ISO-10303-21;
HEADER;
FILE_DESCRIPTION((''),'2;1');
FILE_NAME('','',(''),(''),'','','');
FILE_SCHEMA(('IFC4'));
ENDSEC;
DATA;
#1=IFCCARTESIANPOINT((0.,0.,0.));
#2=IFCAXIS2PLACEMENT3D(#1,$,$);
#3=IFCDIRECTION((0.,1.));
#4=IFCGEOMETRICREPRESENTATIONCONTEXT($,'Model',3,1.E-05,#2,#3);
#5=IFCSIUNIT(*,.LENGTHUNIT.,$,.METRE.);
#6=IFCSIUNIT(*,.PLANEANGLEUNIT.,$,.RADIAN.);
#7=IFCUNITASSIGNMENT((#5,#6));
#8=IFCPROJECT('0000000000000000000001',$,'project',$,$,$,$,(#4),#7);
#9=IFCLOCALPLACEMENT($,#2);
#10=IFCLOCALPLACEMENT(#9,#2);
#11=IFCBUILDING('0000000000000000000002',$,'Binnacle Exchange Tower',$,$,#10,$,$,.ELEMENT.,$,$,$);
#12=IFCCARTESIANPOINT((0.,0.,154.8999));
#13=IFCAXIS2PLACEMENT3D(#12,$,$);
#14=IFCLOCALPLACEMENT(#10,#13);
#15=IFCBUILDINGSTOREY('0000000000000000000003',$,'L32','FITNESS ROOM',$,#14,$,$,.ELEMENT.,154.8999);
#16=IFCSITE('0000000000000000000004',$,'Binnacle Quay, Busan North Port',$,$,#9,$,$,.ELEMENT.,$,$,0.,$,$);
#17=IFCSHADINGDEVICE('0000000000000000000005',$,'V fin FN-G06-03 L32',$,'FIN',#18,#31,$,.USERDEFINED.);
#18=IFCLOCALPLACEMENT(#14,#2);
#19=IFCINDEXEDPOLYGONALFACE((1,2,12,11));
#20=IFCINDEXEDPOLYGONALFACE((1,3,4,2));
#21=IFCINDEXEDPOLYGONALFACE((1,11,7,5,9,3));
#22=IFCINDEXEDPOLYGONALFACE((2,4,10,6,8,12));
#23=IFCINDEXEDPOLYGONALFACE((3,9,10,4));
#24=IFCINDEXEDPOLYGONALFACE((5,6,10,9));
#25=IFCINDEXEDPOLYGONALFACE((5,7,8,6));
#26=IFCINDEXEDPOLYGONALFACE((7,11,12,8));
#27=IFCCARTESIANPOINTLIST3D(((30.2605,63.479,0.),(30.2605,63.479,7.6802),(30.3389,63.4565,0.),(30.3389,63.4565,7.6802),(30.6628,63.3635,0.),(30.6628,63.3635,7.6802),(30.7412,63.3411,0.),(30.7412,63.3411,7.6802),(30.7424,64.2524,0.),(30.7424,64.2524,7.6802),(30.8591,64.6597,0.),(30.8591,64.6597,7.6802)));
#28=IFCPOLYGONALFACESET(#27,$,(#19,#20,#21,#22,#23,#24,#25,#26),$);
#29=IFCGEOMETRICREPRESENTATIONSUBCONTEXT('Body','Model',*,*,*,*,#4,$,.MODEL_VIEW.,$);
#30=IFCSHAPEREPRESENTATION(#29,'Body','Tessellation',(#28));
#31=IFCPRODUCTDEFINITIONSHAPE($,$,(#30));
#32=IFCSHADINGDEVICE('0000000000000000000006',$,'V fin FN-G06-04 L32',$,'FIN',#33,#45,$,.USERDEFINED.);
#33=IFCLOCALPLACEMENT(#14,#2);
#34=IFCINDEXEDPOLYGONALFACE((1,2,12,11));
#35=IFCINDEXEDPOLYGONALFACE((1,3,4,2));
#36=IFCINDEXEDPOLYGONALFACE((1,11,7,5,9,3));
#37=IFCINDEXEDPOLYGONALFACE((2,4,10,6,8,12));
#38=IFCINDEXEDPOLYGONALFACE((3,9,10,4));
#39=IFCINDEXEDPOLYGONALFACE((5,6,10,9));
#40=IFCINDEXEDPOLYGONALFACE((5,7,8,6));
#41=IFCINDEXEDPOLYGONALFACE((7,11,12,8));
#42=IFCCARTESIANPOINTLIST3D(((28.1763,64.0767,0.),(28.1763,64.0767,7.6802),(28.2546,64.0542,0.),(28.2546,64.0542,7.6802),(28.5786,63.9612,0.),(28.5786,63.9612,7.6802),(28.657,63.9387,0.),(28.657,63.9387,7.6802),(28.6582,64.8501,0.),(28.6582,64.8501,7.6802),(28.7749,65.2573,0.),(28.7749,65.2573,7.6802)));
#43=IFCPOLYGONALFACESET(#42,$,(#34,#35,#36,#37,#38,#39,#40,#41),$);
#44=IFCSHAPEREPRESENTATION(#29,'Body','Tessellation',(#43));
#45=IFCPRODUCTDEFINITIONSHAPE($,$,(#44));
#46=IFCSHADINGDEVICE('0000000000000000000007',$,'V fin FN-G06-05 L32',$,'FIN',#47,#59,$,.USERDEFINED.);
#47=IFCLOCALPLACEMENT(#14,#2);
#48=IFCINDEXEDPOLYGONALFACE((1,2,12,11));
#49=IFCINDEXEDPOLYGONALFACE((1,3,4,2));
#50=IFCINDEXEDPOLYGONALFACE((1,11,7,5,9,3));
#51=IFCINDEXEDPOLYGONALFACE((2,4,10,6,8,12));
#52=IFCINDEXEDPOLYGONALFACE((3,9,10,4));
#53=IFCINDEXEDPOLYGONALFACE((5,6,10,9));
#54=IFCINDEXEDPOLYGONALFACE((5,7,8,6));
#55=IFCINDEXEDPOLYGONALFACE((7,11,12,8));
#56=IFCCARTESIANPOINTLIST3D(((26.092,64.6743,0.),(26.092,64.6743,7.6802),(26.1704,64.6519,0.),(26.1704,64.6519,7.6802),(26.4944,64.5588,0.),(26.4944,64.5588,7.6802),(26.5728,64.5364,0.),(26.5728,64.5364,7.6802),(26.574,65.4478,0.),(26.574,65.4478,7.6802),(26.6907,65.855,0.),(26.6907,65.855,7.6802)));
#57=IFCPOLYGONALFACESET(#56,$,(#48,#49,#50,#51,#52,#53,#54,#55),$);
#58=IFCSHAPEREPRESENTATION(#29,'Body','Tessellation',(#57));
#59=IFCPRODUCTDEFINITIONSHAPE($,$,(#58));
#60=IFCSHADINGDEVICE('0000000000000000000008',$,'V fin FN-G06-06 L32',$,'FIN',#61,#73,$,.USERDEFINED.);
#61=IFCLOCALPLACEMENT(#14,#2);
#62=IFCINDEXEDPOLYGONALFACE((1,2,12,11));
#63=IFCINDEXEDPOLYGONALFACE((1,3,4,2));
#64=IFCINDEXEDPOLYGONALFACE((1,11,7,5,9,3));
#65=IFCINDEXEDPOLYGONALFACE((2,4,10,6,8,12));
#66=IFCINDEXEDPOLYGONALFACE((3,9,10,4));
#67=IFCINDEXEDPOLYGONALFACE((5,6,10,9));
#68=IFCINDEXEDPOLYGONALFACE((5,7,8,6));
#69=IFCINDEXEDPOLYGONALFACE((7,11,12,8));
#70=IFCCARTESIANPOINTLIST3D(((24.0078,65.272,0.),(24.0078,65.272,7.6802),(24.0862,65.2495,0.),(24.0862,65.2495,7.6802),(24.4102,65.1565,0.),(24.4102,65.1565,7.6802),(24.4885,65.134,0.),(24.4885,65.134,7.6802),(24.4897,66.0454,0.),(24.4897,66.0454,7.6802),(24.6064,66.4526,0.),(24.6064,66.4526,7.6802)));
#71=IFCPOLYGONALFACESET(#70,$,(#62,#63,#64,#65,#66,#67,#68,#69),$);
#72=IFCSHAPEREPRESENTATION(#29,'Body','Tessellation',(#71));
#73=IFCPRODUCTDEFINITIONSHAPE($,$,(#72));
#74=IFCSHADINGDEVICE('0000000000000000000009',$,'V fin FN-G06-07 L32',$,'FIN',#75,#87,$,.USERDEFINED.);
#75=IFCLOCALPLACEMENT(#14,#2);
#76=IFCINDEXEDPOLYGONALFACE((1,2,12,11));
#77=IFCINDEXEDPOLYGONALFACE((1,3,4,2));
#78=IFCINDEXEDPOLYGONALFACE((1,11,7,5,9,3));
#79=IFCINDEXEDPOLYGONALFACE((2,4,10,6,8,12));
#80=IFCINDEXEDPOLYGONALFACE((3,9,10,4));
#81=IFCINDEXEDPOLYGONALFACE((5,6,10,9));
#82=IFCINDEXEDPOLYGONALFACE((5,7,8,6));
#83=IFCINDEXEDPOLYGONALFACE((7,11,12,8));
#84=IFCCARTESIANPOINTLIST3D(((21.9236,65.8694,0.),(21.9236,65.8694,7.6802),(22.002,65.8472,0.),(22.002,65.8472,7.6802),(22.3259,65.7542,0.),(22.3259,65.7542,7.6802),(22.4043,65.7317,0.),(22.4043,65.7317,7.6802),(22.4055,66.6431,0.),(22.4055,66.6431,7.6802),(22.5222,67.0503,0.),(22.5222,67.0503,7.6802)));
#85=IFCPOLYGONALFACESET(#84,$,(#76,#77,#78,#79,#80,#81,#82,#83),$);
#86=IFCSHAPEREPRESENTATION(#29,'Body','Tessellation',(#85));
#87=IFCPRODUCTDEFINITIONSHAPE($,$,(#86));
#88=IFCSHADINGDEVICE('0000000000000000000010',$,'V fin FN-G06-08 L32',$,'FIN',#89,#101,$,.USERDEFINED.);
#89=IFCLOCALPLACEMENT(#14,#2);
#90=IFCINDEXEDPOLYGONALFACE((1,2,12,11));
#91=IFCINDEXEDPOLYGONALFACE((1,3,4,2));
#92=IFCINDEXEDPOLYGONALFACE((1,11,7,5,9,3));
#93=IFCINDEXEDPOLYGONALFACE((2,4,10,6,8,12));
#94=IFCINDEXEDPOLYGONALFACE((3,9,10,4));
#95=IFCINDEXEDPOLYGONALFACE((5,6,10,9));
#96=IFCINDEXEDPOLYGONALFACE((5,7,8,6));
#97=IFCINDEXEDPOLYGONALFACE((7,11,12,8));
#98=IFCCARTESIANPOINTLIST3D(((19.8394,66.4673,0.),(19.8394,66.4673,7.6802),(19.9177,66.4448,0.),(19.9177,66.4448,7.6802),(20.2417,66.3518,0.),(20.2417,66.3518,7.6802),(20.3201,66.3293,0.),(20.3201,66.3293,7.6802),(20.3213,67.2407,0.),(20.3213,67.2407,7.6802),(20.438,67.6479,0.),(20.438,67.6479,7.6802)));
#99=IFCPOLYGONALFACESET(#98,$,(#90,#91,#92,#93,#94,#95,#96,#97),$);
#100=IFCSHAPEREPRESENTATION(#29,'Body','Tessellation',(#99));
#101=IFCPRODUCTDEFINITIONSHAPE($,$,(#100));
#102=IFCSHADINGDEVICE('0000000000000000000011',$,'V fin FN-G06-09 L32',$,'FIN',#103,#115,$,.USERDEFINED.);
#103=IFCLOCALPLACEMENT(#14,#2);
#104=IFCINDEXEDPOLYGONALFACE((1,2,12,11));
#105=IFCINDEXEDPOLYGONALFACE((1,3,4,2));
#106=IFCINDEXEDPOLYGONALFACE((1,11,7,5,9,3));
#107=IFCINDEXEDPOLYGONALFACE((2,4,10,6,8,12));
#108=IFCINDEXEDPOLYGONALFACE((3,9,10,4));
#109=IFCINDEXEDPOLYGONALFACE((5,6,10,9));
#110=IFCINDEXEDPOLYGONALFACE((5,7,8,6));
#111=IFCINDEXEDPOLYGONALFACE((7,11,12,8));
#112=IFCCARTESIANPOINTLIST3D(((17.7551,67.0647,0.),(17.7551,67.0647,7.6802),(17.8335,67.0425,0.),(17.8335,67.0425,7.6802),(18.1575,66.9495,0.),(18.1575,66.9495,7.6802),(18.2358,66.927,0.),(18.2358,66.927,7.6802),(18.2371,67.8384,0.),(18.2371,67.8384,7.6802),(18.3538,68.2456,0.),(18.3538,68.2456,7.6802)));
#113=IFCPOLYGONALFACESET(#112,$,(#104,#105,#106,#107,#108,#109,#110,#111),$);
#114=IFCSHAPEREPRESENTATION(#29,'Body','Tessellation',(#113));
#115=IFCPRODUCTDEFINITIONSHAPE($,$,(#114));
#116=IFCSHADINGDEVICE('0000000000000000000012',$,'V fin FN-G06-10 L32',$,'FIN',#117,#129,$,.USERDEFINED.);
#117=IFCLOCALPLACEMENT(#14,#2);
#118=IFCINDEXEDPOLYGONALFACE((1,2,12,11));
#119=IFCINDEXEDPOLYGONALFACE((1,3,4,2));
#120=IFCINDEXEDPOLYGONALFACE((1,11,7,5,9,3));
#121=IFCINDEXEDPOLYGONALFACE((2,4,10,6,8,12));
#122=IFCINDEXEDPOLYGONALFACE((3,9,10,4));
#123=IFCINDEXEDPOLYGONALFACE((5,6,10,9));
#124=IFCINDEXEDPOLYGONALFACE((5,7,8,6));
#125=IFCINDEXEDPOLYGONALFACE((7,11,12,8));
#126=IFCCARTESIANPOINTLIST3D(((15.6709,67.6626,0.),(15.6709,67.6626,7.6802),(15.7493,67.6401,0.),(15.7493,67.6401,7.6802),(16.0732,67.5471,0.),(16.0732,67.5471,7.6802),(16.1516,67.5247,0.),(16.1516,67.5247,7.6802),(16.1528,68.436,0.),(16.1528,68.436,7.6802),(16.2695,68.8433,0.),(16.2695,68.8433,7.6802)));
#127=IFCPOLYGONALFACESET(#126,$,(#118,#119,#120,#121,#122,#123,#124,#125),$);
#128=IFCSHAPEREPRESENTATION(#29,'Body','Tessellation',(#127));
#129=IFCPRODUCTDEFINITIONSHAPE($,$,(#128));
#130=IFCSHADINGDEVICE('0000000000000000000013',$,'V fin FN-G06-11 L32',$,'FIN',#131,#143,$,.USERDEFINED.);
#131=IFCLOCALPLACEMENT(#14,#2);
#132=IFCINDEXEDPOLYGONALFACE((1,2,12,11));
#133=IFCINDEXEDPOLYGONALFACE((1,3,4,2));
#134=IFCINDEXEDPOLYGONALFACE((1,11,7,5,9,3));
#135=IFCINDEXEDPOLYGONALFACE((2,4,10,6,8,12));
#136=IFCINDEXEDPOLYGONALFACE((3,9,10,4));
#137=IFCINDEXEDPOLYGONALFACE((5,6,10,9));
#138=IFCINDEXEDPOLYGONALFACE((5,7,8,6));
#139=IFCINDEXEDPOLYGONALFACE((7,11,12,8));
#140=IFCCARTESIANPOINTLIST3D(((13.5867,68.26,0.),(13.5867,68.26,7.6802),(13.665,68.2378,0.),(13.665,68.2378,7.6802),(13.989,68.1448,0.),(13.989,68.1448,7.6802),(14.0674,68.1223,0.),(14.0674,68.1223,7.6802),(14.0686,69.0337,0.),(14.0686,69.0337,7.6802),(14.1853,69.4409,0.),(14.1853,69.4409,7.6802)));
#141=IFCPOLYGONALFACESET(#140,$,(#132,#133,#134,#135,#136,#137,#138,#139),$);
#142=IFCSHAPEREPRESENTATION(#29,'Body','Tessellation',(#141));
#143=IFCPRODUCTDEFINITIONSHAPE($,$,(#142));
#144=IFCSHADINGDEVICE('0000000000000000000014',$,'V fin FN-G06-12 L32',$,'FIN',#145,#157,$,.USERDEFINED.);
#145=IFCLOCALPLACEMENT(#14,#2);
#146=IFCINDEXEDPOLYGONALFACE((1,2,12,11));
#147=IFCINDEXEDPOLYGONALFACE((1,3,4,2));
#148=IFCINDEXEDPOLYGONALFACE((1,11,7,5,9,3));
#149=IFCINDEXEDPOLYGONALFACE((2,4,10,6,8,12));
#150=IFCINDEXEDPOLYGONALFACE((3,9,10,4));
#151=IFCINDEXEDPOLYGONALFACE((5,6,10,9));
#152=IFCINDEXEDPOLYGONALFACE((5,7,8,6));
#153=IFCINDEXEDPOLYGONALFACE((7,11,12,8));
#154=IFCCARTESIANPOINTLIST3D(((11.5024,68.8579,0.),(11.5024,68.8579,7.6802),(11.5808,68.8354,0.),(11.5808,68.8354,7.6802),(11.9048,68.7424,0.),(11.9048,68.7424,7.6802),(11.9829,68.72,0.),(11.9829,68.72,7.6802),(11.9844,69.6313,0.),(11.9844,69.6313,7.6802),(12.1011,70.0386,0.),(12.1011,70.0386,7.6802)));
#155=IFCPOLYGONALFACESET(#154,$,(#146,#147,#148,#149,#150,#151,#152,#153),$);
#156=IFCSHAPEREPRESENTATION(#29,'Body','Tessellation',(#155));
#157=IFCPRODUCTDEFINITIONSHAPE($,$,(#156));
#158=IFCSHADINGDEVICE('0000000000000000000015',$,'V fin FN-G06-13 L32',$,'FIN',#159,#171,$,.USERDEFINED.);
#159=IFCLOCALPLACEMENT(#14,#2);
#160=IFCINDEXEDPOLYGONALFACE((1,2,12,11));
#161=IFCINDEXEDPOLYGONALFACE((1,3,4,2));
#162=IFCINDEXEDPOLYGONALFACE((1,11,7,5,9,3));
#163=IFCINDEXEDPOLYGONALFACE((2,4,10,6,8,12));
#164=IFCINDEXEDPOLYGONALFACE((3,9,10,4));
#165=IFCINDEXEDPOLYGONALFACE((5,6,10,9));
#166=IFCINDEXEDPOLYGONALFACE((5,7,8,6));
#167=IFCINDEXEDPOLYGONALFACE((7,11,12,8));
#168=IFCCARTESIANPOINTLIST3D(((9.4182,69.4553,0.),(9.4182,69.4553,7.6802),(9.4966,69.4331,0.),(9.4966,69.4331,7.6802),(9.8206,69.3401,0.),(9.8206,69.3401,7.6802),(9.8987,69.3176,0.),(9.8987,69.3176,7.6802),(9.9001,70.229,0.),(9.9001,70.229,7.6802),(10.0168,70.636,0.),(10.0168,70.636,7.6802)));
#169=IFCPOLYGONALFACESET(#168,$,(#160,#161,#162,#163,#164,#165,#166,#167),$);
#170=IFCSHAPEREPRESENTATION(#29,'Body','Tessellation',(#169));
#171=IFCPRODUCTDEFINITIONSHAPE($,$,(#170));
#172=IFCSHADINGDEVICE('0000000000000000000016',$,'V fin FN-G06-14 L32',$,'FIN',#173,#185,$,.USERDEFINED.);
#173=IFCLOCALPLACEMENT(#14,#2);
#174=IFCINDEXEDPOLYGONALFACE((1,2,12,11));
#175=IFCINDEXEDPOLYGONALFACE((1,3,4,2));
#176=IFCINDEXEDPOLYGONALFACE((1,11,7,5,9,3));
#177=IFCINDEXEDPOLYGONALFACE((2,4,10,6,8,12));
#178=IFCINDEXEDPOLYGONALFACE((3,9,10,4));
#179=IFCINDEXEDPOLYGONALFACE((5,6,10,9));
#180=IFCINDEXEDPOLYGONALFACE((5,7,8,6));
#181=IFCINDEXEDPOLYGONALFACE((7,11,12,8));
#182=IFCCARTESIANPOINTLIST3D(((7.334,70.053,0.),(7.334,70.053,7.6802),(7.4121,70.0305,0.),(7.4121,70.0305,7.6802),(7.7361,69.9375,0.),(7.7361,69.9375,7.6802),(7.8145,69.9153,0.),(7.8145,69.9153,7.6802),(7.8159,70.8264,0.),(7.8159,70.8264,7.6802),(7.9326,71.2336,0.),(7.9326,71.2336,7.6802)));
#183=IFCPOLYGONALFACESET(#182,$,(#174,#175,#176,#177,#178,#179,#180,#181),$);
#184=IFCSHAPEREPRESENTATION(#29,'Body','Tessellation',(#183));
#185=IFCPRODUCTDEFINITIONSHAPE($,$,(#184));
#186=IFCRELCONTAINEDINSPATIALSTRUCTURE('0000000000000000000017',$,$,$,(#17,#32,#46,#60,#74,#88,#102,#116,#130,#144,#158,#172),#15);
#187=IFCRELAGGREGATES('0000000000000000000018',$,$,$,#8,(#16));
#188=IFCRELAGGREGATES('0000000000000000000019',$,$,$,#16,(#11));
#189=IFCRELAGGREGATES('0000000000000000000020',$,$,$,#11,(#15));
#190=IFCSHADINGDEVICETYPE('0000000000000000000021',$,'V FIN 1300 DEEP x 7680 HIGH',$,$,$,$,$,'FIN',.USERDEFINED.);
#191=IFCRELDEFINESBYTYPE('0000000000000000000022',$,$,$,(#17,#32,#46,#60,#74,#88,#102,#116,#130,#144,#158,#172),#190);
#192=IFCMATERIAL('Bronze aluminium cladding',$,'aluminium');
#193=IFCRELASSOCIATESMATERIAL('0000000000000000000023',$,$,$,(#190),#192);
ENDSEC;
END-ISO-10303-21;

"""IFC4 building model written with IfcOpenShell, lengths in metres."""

from ifc_helpers import new_model, si_unit, direction, frame, origin, place, context, subcontext, project, spatial, polyline, outline, extrude, material, type_object, element, save


model = new_model("IFC4")

# Units and contexts
model_context = context("Model", 3, precision=1e-05, world=origin(), true_north=direction((0.0, 1.0)))
body_context = subcontext(model_context, "Body", "Model", "MODEL_VIEW")
ifc_project = project(units=[si_unit("LENGTHUNIT", "METRE"), si_unit("PLANEANGLEUNIT", "RADIAN")], contexts=[model_context])

# Site, building, storey
site_placement = place(None, origin())
site = spatial("IfcSite", under=ifc_project, at=site_placement, Name="Binnacle Quay, Busan North Port", CompositionType="ELEMENT", RefElevation=0.0)
building_placement = place(site_placement, origin())
building = spatial("IfcBuilding", under=site, at=building_placement, Name="Binnacle Exchange Tower", CompositionType="ELEMENT")
storey_placement = place(building_placement, frame((0.0, 0.0, 154.8999)))
storey = spatial("IfcBuildingStorey", under=building, at=storey_placement, Name="L32", Description="FITNESS ROOM", CompositionType="ELEMENT", Elevation=154.8999)

# Shading devices
ifc_material_1 = material(Name="Bronze aluminium cladding", Category="aluminium")
shading_device_type_1 = type_object("IfcShadingDeviceType", Name="V FIN 1300 DEEP x 7680 HIGH", ElementType="FIN", PredefinedType="USERDEFINED", material=ifc_material_1)
shading_device_1_placement = place(storey_placement, origin())
element("IfcShadingDevice", 1, at=shading_device_1_placement, inside=storey, type_object=shading_device_type_1, Name="V fin FN-G06-03 L32", ObjectType="FIN", PredefinedType="USERDEFINED", context=body_context, shape_type="SweptSolid", body=[
    extrude(outline(polyline([(30.7412, 63.3411), (30.8591, 64.6597), (30.2605, 63.479), (30.3389, 63.4565), (30.7424, 64.2524), (30.6628, 63.3635), (30.7412, 63.3411)])), origin(), (0.0, 0.0, 1.0), 7.6802),
])
shading_device_2_placement = place(storey_placement, origin())
element("IfcShadingDevice", 2, at=shading_device_2_placement, inside=storey, type_object=shading_device_type_1, Name="V fin FN-G06-04 L32", ObjectType="FIN", PredefinedType="USERDEFINED", context=body_context, shape_type="SweptSolid", body=[
    extrude(outline(polyline([(28.657, 63.9387), (28.7749, 65.2573), (28.1763, 64.0767), (28.2546, 64.0542), (28.6582, 64.8501), (28.5786, 63.9612), (28.657, 63.9387)])), origin(), (0.0, 0.0, 1.0), 7.6802),
])
shading_device_3_placement = place(storey_placement, origin())
element("IfcShadingDevice", 3, at=shading_device_3_placement, inside=storey, type_object=shading_device_type_1, Name="V fin FN-G06-05 L32", ObjectType="FIN", PredefinedType="USERDEFINED", context=body_context, shape_type="SweptSolid", body=[
    extrude(outline(polyline([(26.5728, 64.5364), (26.6907, 65.855), (26.092, 64.6743), (26.1704, 64.6519), (26.574, 65.4478), (26.4944, 64.5588), (26.5728, 64.5364)])), origin(), (0.0, 0.0, 1.0), 7.6802),
])
shading_device_4_placement = place(storey_placement, origin())
element("IfcShadingDevice", 4, at=shading_device_4_placement, inside=storey, type_object=shading_device_type_1, Name="V fin FN-G06-06 L32", ObjectType="FIN", PredefinedType="USERDEFINED", context=body_context, shape_type="SweptSolid", body=[
    extrude(outline(polyline([(24.4885, 65.134), (24.6064, 66.4526), (24.0078, 65.272), (24.0862, 65.2495), (24.4897, 66.0454), (24.4102, 65.1565), (24.4885, 65.134)])), origin(), (0.0, 0.0, 1.0), 7.6802),
])
shading_device_5_placement = place(storey_placement, origin())
element("IfcShadingDevice", 5, at=shading_device_5_placement, inside=storey, type_object=shading_device_type_1, Name="V fin FN-G06-07 L32", ObjectType="FIN", PredefinedType="USERDEFINED", context=body_context, shape_type="SweptSolid", body=[
    extrude(outline(polyline([(22.4043, 65.7317), (22.5222, 67.0503), (21.9236, 65.8694), (22.002, 65.8472), (22.4055, 66.6431), (22.3259, 65.7542), (22.4043, 65.7317)])), origin(), (0.0, 0.0, 1.0), 7.6802),
])
shading_device_6_placement = place(storey_placement, origin())
element("IfcShadingDevice", 6, at=shading_device_6_placement, inside=storey, type_object=shading_device_type_1, Name="V fin FN-G06-08 L32", ObjectType="FIN", PredefinedType="USERDEFINED", context=body_context, shape_type="SweptSolid", body=[
    extrude(outline(polyline([(20.3201, 66.3293), (20.438, 67.6479), (19.8394, 66.4673), (19.9177, 66.4448), (20.3213, 67.2407), (20.2417, 66.3518), (20.3201, 66.3293)])), origin(), (0.0, 0.0, 1.0), 7.6802),
])
shading_device_7_placement = place(storey_placement, origin())
element("IfcShadingDevice", 7, at=shading_device_7_placement, inside=storey, type_object=shading_device_type_1, Name="V fin FN-G06-09 L32", ObjectType="FIN", PredefinedType="USERDEFINED", context=body_context, shape_type="SweptSolid", body=[
    extrude(outline(polyline([(18.2358, 66.927), (18.3538, 68.2456), (17.7551, 67.0647), (17.8335, 67.0425), (18.2371, 67.8384), (18.1575, 66.9495), (18.2358, 66.927)])), origin(), (0.0, 0.0, 1.0), 7.6802),
])
shading_device_8_placement = place(storey_placement, origin())
element("IfcShadingDevice", 8, at=shading_device_8_placement, inside=storey, type_object=shading_device_type_1, Name="V fin FN-G06-10 L32", ObjectType="FIN", PredefinedType="USERDEFINED", context=body_context, shape_type="SweptSolid", body=[
    extrude(outline(polyline([(16.1516, 67.5247), (16.2695, 68.8433), (15.6709, 67.6626), (15.7493, 67.6401), (16.1528, 68.436), (16.0732, 67.5471), (16.1516, 67.5247)])), origin(), (0.0, 0.0, 1.0), 7.6802),
])
shading_device_9_placement = place(storey_placement, origin())
element("IfcShadingDevice", 9, at=shading_device_9_placement, inside=storey, type_object=shading_device_type_1, Name="V fin FN-G06-11 L32", ObjectType="FIN", PredefinedType="USERDEFINED", context=body_context, shape_type="SweptSolid", body=[
    extrude(outline(polyline([(14.0674, 68.1223), (14.1853, 69.4409), (13.5867, 68.26), (13.665, 68.2378), (14.0686, 69.0337), (13.989, 68.1448), (14.0674, 68.1223)])), origin(), (0.0, 0.0, 1.0), 7.6802),
])
shading_device_10_placement = place(storey_placement, origin())
element("IfcShadingDevice", 10, at=shading_device_10_placement, inside=storey, type_object=shading_device_type_1, Name="V fin FN-G06-12 L32", ObjectType="FIN", PredefinedType="USERDEFINED", context=body_context, shape_type="SweptSolid", body=[
    extrude(outline(polyline([(11.9829, 68.72), (12.1011, 70.0386), (11.5024, 68.8579), (11.5808, 68.8354), (11.9844, 69.6313), (11.9048, 68.7424), (11.9829, 68.72)])), origin(), (0.0, 0.0, 1.0), 7.6802),
])
shading_device_11_placement = place(storey_placement, origin())
element("IfcShadingDevice", 11, at=shading_device_11_placement, inside=storey, type_object=shading_device_type_1, Name="V fin FN-G06-13 L32", ObjectType="FIN", PredefinedType="USERDEFINED", context=body_context, shape_type="SweptSolid", body=[
    extrude(outline(polyline([(9.8987, 69.3176), (10.0168, 70.636), (9.4182, 69.4553), (9.4966, 69.4331), (9.9001, 70.229), (9.8206, 69.3401), (9.8987, 69.3176)])), origin(), (0.0, 0.0, 1.0), 7.6802),
])
shading_device_12_placement = place(storey_placement, origin())
element("IfcShadingDevice", 12, at=shading_device_12_placement, inside=storey, type_object=shading_device_type_1, Name="V fin FN-G06-14 L32", ObjectType="FIN", PredefinedType="USERDEFINED", context=body_context, shape_type="SweptSolid", body=[
    extrude(outline(polyline([(7.8145, 69.9153), (7.9326, 71.2336), (7.334, 70.053), (7.4121, 70.0305), (7.8159, 70.8264), (7.7361, 69.9375), (7.8145, 69.9153)])), origin(), (0.0, 0.0, 1.0), 7.6802),
])

save(model, "model.ifc")
